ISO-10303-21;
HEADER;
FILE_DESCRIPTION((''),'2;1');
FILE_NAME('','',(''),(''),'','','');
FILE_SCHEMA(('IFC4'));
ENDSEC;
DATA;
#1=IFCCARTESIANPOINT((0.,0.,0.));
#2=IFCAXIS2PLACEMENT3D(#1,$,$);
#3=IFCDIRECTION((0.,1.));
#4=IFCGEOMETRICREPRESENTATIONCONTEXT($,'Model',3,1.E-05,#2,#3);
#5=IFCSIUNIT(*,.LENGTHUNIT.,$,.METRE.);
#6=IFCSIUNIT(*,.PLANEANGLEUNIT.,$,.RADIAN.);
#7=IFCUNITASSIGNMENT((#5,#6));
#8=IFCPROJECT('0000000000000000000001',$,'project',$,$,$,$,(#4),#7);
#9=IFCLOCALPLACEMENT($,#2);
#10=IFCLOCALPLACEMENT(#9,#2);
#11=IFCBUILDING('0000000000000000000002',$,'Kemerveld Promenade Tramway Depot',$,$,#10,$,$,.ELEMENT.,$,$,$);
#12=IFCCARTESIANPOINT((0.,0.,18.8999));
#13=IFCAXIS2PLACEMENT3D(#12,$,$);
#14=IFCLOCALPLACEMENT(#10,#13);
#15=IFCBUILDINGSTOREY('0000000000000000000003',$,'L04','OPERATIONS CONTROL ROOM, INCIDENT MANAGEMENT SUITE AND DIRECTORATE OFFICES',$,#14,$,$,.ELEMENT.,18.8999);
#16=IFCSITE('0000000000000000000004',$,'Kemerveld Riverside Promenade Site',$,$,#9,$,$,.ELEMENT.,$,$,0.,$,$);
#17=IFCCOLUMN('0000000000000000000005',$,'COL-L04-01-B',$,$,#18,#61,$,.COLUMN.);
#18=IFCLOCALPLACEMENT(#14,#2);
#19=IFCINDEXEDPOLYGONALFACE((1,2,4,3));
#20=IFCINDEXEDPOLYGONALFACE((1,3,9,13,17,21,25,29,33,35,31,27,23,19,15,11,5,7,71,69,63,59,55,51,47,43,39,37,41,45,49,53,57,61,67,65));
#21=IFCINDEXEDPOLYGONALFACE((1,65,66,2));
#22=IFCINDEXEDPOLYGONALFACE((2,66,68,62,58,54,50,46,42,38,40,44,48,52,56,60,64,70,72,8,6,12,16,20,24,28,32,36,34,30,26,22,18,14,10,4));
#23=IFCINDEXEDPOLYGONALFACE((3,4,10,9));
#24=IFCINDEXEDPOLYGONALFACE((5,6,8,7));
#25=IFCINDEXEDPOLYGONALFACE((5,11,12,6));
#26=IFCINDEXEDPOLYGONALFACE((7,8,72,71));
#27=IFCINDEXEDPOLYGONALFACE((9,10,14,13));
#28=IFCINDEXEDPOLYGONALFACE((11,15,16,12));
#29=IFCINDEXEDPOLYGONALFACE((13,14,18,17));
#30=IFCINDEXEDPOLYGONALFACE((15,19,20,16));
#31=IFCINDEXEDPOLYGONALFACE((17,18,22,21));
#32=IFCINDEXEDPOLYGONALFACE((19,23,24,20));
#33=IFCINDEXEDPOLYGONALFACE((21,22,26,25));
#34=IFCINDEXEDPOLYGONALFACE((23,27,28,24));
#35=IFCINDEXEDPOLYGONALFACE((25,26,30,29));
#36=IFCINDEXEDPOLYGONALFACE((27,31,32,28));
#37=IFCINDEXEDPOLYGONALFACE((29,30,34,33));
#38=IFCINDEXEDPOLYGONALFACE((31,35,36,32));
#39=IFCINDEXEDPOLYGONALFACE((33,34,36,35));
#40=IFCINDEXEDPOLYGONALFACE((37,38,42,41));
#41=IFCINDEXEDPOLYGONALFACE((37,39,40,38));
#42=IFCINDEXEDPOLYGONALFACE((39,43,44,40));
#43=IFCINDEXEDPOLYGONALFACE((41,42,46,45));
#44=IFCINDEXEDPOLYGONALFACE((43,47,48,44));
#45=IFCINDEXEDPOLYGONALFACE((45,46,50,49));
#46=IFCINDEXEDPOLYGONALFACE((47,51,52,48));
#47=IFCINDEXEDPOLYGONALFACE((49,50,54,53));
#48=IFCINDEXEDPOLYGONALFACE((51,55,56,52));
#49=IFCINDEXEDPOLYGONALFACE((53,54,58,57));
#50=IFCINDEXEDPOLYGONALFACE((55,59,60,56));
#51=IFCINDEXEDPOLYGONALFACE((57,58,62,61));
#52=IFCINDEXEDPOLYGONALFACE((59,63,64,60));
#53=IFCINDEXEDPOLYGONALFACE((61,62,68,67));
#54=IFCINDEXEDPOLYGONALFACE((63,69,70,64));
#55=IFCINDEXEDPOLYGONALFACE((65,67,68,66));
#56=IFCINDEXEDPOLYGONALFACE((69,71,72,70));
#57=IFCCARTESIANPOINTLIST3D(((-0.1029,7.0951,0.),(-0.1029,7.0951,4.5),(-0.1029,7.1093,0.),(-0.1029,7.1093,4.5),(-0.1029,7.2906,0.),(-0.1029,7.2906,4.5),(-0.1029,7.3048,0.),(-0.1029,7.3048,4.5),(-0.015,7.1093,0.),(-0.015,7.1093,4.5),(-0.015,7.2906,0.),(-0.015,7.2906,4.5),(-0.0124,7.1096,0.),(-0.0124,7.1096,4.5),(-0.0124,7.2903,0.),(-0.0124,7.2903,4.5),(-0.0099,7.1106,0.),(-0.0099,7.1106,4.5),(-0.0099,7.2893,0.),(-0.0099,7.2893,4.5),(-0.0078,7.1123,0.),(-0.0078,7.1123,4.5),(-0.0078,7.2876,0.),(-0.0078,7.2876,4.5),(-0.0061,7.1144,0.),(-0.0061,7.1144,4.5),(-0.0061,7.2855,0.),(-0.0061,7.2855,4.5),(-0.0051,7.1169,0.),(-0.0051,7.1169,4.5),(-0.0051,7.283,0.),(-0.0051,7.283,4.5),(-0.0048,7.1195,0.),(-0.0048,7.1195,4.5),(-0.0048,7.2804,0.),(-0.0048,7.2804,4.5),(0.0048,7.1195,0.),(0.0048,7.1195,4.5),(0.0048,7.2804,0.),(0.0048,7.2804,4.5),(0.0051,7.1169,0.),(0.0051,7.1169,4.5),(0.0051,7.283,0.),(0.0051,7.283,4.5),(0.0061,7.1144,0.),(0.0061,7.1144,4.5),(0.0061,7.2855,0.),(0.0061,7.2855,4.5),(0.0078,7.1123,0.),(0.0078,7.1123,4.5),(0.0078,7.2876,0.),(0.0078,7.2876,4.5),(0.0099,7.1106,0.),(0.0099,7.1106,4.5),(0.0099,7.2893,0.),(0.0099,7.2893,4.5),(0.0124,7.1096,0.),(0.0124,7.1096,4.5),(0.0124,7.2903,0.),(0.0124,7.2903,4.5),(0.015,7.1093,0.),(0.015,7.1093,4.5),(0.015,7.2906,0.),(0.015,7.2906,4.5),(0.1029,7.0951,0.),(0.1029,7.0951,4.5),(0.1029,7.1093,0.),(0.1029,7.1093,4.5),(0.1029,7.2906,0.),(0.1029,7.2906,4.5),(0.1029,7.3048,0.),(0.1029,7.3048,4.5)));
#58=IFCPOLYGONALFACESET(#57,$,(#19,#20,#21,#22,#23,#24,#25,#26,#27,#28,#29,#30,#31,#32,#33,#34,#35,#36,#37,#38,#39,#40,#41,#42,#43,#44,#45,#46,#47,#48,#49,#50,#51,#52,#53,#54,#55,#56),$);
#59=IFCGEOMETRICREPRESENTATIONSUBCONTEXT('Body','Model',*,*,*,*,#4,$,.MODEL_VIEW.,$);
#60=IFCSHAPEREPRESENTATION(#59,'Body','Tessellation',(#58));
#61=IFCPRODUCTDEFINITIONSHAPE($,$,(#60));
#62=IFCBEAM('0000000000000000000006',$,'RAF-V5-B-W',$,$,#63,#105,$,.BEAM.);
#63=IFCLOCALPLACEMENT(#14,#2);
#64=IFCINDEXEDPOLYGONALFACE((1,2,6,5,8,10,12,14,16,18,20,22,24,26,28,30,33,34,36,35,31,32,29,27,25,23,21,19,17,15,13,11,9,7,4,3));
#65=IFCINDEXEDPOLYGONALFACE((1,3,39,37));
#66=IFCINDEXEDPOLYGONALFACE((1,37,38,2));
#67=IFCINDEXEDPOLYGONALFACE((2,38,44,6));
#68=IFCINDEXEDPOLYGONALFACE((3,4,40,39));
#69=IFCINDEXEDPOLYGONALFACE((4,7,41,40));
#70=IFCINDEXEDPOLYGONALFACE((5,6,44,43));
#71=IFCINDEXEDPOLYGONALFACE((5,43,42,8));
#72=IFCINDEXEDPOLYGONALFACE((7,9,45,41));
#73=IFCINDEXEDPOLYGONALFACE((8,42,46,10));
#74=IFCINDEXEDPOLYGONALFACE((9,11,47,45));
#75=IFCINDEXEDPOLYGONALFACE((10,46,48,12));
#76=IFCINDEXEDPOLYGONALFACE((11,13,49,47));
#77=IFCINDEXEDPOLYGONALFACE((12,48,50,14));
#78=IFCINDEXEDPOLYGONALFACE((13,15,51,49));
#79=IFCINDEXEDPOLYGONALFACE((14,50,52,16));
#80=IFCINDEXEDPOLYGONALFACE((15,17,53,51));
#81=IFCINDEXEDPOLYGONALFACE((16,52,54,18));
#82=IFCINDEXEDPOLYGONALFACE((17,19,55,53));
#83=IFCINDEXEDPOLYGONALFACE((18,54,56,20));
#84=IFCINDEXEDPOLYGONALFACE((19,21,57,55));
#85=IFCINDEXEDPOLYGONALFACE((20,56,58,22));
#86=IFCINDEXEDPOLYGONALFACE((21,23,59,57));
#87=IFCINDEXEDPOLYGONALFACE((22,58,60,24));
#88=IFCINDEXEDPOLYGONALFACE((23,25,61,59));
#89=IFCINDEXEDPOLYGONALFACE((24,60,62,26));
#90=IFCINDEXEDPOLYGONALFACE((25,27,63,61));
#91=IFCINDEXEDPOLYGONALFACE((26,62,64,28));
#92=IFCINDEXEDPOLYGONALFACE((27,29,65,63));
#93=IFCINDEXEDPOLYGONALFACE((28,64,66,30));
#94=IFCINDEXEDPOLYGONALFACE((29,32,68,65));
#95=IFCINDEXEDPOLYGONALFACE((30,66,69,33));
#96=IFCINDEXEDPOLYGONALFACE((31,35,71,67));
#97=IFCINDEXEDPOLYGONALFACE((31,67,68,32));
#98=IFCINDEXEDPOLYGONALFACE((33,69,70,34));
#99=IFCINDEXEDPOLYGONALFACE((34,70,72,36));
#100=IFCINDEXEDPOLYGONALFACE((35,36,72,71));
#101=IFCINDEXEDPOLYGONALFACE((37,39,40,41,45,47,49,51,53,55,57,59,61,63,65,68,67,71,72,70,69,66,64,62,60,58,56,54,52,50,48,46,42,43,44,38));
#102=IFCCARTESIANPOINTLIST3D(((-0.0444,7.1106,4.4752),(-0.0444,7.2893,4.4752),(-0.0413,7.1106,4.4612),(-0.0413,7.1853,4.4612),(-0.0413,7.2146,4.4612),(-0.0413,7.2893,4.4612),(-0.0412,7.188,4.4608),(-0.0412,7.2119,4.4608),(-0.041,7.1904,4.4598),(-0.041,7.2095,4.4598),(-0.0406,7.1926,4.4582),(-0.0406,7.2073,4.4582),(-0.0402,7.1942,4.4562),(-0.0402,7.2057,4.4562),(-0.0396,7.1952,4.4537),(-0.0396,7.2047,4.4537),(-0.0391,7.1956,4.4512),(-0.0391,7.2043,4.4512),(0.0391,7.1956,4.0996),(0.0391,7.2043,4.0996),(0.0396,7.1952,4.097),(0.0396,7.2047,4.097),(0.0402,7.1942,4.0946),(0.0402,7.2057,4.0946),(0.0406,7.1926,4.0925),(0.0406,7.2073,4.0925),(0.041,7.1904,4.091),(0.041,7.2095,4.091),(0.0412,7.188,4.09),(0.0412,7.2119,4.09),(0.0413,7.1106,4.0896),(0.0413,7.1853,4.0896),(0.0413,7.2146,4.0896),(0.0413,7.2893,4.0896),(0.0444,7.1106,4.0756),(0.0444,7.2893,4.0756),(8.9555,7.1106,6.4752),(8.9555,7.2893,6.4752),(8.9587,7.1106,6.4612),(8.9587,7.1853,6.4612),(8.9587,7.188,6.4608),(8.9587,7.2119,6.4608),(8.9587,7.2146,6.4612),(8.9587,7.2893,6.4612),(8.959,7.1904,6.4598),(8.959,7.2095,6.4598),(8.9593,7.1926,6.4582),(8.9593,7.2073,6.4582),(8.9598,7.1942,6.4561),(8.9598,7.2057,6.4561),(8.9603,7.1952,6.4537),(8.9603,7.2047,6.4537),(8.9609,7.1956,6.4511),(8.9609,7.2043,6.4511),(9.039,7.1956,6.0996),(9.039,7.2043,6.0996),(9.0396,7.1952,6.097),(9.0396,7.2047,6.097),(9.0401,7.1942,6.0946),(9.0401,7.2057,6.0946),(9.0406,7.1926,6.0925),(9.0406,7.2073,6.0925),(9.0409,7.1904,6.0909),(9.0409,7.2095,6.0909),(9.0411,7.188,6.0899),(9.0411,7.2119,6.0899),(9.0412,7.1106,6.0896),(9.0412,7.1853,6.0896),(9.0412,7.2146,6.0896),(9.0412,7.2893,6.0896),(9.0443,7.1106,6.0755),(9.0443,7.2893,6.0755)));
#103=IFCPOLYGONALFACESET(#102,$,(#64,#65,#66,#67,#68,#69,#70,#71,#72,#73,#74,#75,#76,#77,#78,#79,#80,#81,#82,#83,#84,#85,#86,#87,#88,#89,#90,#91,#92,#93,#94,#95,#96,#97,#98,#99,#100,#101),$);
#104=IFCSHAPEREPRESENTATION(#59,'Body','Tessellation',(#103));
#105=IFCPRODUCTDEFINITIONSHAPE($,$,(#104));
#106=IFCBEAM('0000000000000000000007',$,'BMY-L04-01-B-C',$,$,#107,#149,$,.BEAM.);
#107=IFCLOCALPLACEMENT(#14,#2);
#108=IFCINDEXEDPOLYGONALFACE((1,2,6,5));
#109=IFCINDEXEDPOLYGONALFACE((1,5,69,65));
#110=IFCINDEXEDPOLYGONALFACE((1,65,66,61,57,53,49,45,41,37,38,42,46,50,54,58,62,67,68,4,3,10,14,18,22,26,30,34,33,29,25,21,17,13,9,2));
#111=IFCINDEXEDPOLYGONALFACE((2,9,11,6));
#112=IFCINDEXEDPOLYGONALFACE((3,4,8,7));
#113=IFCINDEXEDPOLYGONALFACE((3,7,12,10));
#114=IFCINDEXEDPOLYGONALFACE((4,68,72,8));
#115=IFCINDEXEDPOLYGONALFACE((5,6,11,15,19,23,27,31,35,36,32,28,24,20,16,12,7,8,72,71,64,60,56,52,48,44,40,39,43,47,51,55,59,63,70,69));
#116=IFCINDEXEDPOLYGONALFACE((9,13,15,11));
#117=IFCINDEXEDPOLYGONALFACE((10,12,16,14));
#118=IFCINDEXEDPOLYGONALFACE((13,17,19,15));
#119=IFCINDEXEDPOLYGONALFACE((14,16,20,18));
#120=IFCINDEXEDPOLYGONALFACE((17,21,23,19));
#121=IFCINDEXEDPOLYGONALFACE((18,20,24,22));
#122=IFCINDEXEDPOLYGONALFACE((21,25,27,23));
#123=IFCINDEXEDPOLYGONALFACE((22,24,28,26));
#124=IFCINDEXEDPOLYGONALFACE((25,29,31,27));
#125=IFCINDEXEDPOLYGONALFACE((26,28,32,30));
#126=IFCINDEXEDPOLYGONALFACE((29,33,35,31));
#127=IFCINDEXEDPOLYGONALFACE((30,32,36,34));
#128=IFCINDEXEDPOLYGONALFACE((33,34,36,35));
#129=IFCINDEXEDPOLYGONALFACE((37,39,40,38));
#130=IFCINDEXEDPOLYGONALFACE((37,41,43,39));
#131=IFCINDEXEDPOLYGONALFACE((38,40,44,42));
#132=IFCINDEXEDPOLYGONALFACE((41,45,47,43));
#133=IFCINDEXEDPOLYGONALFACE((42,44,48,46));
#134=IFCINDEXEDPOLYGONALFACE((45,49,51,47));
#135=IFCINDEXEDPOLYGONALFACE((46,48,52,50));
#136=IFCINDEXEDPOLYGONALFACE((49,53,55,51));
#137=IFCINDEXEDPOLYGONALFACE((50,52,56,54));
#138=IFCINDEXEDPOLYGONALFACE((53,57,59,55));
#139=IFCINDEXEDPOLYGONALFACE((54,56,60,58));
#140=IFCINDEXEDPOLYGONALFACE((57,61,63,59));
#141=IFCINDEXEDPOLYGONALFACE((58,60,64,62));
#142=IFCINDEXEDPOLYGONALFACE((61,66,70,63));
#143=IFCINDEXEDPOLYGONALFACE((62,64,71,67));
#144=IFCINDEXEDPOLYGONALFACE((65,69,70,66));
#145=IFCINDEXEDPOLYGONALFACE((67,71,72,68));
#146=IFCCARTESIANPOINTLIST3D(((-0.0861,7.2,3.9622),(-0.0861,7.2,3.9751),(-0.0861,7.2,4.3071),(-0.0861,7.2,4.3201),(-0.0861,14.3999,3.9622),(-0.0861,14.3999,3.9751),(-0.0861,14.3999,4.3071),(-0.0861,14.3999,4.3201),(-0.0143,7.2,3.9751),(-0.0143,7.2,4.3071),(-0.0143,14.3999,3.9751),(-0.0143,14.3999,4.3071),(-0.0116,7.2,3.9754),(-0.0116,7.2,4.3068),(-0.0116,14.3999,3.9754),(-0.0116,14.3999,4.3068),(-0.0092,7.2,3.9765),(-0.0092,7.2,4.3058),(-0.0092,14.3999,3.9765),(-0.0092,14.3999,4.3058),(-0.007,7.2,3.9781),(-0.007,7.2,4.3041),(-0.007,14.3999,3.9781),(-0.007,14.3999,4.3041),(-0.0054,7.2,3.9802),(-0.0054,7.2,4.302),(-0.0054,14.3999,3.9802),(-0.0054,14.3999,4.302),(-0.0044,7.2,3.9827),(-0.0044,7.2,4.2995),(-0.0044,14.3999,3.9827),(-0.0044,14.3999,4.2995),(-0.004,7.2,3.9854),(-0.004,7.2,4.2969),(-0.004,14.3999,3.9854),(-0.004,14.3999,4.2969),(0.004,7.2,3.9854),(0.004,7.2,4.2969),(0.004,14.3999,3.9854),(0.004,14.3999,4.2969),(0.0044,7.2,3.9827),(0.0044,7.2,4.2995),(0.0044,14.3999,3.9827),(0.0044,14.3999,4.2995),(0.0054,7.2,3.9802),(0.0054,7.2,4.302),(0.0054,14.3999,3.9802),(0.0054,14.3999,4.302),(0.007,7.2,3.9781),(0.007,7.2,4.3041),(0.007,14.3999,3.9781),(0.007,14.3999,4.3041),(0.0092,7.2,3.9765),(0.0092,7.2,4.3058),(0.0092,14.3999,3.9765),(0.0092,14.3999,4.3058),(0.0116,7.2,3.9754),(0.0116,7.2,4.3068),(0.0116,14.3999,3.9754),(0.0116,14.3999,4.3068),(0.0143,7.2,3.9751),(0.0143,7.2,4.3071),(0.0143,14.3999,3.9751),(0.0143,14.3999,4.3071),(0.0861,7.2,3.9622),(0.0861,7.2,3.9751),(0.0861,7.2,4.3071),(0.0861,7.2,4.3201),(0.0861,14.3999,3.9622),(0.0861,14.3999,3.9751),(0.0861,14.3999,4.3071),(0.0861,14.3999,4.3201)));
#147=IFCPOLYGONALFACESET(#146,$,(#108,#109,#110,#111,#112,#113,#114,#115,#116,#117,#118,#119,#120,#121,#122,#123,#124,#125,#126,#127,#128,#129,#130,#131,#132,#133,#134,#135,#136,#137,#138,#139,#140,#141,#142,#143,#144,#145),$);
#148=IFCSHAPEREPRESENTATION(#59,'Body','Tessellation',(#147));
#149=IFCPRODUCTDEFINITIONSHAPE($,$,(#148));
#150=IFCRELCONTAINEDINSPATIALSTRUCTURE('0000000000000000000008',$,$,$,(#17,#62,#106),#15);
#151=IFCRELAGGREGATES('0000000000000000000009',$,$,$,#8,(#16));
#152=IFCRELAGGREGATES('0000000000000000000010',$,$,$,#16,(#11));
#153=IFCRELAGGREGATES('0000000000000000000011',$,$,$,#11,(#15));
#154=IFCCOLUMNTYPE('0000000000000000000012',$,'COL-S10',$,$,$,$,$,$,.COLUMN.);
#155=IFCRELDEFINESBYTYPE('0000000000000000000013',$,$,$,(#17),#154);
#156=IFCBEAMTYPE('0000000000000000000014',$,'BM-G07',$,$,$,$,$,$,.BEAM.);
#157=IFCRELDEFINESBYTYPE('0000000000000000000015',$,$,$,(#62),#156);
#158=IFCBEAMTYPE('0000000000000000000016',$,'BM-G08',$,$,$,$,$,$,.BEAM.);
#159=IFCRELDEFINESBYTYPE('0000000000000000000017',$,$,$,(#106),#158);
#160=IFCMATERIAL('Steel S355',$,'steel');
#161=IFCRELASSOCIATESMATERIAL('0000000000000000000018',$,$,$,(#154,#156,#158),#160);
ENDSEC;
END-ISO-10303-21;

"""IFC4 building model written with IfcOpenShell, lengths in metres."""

from ifc_helpers import new_model, si_unit, direction, frame, origin, origin_2d, place, context, subcontext, project, spatial, i_section, extrude, material, material_profile, profile_set, type_object, element, save


model = new_model("IFC4")

# Units and contexts
model_context = context("Model", 3, precision=1e-05, world=origin(), true_north=direction((0.0, 1.0)))
body_context = subcontext(model_context, "Body", "Model", "MODEL_VIEW")
ifc_project = project(units=[si_unit("LENGTHUNIT", "METRE"), si_unit("PLANEANGLEUNIT", "RADIAN")], contexts=[model_context])

# Site, building, storey
site_placement = place(None, origin())
site = spatial("IfcSite", under=ifc_project, at=site_placement, Name="Kemerveld Riverside Promenade Site", CompositionType="ELEMENT", RefElevation=0.0)
building_placement = place(site_placement, origin())
building = spatial("IfcBuilding", under=site, at=building_placement, Name="Kemerveld Promenade Tramway Depot", CompositionType="ELEMENT")
storey_placement = place(building_placement, frame((0.0, 0.0, 18.8999)))
storey = spatial("IfcBuildingStorey", under=building, at=storey_placement, Name="L04", Description="OPERATIONS CONTROL ROOM, INCIDENT MANAGEMENT SUITE AND DIRECTORATE OFFICES", CompositionType="ELEMENT", Elevation=18.8999)

# Column
ifc_material_1 = material(Name="Steel S355", Category="steel")
ifc_material_profile_1 = material_profile(ifc_material_1, i_section(OverallWidth=0.2058, OverallDepth=0.2097, WebThickness=0.0095, FlangeThickness=0.0142, FilletRadius=0.0103, at=origin_2d()), Name="203x203x60 UC")
ifc_profile_set_1 = profile_set([ifc_material_profile_1], Name="Steel S355")
column_type = type_object("IfcColumnType", Name="COL-S10", PredefinedType="COLUMN", material=ifc_profile_set_1)
column_placement = place(storey_placement, frame((0.0, 7.2, 0.0), z_axis=(0.0, 0.0, 1.0), x_axis=(1.0, 0.0, 0.0)))
element("IfcColumn", 1, at=column_placement, inside=storey, type_object=column_type, Name="COL-L04-01-B", PredefinedType="COLUMN", context=body_context, shape_type="SweptSolid", body=[
    extrude(i_section(OverallWidth=0.2058, OverallDepth=0.2097, WebThickness=0.0095, FlangeThickness=0.0142, FilletRadius=0.0103, at=origin_2d()), origin(), (0.0, 0.0, 1.0), 4.5),
])

# Beams
ifc_material_profile_2 = material_profile(ifc_material_1, i_section(OverallWidth=0.1787, OverallDepth=0.4094, WebThickness=0.0088, FlangeThickness=0.0144, FilletRadius=0.0103, at=origin_2d()), Name="406x178x67 UB")
ifc_profile_set_2 = profile_set([ifc_material_profile_2], Name="Steel S355")
beam_type_1 = type_object("IfcBeamType", Name="BM-G07", PredefinedType="BEAM", material=ifc_profile_set_2)
beam_1_placement = place(storey_placement, frame((0.0, 7.2, 4.2754), z_axis=(0.976187, 0.0, 0.21693), x_axis=(0.0, 1.0, 0.0)))
element("IfcBeam", 2, at=beam_1_placement, inside=storey, type_object=beam_type_1, Name="RAF-V5-B-W", PredefinedType="BEAM", context=body_context, shape_type="SweptSolid", body=[
    extrude(i_section(OverallWidth=0.1787, OverallDepth=0.4094, WebThickness=0.0088, FlangeThickness=0.0144, FilletRadius=0.0103, at=origin_2d()), origin(), (0.0, 0.0, 1.0), 9.2195),
])
ifc_material_profile_3 = material_profile(ifc_material_1, i_section(OverallWidth=0.1721, OverallDepth=0.3579, WebThickness=0.0081, FlangeThickness=0.0129, FilletRadius=0.0103, at=origin_2d()), Name="356x171x57 UB")
ifc_profile_set_3 = profile_set([ifc_material_profile_3], Name="Steel S355")
beam_type_2 = type_object("IfcBeamType", Name="BM-G08", PredefinedType="BEAM", material=ifc_profile_set_3)
beam_2_placement = place(storey_placement, frame((0.0, 7.2, 4.1411), z_axis=(0.0, 1.0, 0.0), x_axis=(-1.0, 0.0, 0.0)))
element("IfcBeam", 3, at=beam_2_placement, inside=storey, type_object=beam_type_2, Name="BMY-L04-01-B-C", PredefinedType="BEAM", context=body_context, shape_type="SweptSolid", body=[
    extrude(i_section(OverallWidth=0.1721, OverallDepth=0.3579, WebThickness=0.0081, FlangeThickness=0.0129, FilletRadius=0.0103, at=origin_2d()), origin(), (0.0, 0.0, 1.0), 7.2),
])

save(model, "model.ifc")
